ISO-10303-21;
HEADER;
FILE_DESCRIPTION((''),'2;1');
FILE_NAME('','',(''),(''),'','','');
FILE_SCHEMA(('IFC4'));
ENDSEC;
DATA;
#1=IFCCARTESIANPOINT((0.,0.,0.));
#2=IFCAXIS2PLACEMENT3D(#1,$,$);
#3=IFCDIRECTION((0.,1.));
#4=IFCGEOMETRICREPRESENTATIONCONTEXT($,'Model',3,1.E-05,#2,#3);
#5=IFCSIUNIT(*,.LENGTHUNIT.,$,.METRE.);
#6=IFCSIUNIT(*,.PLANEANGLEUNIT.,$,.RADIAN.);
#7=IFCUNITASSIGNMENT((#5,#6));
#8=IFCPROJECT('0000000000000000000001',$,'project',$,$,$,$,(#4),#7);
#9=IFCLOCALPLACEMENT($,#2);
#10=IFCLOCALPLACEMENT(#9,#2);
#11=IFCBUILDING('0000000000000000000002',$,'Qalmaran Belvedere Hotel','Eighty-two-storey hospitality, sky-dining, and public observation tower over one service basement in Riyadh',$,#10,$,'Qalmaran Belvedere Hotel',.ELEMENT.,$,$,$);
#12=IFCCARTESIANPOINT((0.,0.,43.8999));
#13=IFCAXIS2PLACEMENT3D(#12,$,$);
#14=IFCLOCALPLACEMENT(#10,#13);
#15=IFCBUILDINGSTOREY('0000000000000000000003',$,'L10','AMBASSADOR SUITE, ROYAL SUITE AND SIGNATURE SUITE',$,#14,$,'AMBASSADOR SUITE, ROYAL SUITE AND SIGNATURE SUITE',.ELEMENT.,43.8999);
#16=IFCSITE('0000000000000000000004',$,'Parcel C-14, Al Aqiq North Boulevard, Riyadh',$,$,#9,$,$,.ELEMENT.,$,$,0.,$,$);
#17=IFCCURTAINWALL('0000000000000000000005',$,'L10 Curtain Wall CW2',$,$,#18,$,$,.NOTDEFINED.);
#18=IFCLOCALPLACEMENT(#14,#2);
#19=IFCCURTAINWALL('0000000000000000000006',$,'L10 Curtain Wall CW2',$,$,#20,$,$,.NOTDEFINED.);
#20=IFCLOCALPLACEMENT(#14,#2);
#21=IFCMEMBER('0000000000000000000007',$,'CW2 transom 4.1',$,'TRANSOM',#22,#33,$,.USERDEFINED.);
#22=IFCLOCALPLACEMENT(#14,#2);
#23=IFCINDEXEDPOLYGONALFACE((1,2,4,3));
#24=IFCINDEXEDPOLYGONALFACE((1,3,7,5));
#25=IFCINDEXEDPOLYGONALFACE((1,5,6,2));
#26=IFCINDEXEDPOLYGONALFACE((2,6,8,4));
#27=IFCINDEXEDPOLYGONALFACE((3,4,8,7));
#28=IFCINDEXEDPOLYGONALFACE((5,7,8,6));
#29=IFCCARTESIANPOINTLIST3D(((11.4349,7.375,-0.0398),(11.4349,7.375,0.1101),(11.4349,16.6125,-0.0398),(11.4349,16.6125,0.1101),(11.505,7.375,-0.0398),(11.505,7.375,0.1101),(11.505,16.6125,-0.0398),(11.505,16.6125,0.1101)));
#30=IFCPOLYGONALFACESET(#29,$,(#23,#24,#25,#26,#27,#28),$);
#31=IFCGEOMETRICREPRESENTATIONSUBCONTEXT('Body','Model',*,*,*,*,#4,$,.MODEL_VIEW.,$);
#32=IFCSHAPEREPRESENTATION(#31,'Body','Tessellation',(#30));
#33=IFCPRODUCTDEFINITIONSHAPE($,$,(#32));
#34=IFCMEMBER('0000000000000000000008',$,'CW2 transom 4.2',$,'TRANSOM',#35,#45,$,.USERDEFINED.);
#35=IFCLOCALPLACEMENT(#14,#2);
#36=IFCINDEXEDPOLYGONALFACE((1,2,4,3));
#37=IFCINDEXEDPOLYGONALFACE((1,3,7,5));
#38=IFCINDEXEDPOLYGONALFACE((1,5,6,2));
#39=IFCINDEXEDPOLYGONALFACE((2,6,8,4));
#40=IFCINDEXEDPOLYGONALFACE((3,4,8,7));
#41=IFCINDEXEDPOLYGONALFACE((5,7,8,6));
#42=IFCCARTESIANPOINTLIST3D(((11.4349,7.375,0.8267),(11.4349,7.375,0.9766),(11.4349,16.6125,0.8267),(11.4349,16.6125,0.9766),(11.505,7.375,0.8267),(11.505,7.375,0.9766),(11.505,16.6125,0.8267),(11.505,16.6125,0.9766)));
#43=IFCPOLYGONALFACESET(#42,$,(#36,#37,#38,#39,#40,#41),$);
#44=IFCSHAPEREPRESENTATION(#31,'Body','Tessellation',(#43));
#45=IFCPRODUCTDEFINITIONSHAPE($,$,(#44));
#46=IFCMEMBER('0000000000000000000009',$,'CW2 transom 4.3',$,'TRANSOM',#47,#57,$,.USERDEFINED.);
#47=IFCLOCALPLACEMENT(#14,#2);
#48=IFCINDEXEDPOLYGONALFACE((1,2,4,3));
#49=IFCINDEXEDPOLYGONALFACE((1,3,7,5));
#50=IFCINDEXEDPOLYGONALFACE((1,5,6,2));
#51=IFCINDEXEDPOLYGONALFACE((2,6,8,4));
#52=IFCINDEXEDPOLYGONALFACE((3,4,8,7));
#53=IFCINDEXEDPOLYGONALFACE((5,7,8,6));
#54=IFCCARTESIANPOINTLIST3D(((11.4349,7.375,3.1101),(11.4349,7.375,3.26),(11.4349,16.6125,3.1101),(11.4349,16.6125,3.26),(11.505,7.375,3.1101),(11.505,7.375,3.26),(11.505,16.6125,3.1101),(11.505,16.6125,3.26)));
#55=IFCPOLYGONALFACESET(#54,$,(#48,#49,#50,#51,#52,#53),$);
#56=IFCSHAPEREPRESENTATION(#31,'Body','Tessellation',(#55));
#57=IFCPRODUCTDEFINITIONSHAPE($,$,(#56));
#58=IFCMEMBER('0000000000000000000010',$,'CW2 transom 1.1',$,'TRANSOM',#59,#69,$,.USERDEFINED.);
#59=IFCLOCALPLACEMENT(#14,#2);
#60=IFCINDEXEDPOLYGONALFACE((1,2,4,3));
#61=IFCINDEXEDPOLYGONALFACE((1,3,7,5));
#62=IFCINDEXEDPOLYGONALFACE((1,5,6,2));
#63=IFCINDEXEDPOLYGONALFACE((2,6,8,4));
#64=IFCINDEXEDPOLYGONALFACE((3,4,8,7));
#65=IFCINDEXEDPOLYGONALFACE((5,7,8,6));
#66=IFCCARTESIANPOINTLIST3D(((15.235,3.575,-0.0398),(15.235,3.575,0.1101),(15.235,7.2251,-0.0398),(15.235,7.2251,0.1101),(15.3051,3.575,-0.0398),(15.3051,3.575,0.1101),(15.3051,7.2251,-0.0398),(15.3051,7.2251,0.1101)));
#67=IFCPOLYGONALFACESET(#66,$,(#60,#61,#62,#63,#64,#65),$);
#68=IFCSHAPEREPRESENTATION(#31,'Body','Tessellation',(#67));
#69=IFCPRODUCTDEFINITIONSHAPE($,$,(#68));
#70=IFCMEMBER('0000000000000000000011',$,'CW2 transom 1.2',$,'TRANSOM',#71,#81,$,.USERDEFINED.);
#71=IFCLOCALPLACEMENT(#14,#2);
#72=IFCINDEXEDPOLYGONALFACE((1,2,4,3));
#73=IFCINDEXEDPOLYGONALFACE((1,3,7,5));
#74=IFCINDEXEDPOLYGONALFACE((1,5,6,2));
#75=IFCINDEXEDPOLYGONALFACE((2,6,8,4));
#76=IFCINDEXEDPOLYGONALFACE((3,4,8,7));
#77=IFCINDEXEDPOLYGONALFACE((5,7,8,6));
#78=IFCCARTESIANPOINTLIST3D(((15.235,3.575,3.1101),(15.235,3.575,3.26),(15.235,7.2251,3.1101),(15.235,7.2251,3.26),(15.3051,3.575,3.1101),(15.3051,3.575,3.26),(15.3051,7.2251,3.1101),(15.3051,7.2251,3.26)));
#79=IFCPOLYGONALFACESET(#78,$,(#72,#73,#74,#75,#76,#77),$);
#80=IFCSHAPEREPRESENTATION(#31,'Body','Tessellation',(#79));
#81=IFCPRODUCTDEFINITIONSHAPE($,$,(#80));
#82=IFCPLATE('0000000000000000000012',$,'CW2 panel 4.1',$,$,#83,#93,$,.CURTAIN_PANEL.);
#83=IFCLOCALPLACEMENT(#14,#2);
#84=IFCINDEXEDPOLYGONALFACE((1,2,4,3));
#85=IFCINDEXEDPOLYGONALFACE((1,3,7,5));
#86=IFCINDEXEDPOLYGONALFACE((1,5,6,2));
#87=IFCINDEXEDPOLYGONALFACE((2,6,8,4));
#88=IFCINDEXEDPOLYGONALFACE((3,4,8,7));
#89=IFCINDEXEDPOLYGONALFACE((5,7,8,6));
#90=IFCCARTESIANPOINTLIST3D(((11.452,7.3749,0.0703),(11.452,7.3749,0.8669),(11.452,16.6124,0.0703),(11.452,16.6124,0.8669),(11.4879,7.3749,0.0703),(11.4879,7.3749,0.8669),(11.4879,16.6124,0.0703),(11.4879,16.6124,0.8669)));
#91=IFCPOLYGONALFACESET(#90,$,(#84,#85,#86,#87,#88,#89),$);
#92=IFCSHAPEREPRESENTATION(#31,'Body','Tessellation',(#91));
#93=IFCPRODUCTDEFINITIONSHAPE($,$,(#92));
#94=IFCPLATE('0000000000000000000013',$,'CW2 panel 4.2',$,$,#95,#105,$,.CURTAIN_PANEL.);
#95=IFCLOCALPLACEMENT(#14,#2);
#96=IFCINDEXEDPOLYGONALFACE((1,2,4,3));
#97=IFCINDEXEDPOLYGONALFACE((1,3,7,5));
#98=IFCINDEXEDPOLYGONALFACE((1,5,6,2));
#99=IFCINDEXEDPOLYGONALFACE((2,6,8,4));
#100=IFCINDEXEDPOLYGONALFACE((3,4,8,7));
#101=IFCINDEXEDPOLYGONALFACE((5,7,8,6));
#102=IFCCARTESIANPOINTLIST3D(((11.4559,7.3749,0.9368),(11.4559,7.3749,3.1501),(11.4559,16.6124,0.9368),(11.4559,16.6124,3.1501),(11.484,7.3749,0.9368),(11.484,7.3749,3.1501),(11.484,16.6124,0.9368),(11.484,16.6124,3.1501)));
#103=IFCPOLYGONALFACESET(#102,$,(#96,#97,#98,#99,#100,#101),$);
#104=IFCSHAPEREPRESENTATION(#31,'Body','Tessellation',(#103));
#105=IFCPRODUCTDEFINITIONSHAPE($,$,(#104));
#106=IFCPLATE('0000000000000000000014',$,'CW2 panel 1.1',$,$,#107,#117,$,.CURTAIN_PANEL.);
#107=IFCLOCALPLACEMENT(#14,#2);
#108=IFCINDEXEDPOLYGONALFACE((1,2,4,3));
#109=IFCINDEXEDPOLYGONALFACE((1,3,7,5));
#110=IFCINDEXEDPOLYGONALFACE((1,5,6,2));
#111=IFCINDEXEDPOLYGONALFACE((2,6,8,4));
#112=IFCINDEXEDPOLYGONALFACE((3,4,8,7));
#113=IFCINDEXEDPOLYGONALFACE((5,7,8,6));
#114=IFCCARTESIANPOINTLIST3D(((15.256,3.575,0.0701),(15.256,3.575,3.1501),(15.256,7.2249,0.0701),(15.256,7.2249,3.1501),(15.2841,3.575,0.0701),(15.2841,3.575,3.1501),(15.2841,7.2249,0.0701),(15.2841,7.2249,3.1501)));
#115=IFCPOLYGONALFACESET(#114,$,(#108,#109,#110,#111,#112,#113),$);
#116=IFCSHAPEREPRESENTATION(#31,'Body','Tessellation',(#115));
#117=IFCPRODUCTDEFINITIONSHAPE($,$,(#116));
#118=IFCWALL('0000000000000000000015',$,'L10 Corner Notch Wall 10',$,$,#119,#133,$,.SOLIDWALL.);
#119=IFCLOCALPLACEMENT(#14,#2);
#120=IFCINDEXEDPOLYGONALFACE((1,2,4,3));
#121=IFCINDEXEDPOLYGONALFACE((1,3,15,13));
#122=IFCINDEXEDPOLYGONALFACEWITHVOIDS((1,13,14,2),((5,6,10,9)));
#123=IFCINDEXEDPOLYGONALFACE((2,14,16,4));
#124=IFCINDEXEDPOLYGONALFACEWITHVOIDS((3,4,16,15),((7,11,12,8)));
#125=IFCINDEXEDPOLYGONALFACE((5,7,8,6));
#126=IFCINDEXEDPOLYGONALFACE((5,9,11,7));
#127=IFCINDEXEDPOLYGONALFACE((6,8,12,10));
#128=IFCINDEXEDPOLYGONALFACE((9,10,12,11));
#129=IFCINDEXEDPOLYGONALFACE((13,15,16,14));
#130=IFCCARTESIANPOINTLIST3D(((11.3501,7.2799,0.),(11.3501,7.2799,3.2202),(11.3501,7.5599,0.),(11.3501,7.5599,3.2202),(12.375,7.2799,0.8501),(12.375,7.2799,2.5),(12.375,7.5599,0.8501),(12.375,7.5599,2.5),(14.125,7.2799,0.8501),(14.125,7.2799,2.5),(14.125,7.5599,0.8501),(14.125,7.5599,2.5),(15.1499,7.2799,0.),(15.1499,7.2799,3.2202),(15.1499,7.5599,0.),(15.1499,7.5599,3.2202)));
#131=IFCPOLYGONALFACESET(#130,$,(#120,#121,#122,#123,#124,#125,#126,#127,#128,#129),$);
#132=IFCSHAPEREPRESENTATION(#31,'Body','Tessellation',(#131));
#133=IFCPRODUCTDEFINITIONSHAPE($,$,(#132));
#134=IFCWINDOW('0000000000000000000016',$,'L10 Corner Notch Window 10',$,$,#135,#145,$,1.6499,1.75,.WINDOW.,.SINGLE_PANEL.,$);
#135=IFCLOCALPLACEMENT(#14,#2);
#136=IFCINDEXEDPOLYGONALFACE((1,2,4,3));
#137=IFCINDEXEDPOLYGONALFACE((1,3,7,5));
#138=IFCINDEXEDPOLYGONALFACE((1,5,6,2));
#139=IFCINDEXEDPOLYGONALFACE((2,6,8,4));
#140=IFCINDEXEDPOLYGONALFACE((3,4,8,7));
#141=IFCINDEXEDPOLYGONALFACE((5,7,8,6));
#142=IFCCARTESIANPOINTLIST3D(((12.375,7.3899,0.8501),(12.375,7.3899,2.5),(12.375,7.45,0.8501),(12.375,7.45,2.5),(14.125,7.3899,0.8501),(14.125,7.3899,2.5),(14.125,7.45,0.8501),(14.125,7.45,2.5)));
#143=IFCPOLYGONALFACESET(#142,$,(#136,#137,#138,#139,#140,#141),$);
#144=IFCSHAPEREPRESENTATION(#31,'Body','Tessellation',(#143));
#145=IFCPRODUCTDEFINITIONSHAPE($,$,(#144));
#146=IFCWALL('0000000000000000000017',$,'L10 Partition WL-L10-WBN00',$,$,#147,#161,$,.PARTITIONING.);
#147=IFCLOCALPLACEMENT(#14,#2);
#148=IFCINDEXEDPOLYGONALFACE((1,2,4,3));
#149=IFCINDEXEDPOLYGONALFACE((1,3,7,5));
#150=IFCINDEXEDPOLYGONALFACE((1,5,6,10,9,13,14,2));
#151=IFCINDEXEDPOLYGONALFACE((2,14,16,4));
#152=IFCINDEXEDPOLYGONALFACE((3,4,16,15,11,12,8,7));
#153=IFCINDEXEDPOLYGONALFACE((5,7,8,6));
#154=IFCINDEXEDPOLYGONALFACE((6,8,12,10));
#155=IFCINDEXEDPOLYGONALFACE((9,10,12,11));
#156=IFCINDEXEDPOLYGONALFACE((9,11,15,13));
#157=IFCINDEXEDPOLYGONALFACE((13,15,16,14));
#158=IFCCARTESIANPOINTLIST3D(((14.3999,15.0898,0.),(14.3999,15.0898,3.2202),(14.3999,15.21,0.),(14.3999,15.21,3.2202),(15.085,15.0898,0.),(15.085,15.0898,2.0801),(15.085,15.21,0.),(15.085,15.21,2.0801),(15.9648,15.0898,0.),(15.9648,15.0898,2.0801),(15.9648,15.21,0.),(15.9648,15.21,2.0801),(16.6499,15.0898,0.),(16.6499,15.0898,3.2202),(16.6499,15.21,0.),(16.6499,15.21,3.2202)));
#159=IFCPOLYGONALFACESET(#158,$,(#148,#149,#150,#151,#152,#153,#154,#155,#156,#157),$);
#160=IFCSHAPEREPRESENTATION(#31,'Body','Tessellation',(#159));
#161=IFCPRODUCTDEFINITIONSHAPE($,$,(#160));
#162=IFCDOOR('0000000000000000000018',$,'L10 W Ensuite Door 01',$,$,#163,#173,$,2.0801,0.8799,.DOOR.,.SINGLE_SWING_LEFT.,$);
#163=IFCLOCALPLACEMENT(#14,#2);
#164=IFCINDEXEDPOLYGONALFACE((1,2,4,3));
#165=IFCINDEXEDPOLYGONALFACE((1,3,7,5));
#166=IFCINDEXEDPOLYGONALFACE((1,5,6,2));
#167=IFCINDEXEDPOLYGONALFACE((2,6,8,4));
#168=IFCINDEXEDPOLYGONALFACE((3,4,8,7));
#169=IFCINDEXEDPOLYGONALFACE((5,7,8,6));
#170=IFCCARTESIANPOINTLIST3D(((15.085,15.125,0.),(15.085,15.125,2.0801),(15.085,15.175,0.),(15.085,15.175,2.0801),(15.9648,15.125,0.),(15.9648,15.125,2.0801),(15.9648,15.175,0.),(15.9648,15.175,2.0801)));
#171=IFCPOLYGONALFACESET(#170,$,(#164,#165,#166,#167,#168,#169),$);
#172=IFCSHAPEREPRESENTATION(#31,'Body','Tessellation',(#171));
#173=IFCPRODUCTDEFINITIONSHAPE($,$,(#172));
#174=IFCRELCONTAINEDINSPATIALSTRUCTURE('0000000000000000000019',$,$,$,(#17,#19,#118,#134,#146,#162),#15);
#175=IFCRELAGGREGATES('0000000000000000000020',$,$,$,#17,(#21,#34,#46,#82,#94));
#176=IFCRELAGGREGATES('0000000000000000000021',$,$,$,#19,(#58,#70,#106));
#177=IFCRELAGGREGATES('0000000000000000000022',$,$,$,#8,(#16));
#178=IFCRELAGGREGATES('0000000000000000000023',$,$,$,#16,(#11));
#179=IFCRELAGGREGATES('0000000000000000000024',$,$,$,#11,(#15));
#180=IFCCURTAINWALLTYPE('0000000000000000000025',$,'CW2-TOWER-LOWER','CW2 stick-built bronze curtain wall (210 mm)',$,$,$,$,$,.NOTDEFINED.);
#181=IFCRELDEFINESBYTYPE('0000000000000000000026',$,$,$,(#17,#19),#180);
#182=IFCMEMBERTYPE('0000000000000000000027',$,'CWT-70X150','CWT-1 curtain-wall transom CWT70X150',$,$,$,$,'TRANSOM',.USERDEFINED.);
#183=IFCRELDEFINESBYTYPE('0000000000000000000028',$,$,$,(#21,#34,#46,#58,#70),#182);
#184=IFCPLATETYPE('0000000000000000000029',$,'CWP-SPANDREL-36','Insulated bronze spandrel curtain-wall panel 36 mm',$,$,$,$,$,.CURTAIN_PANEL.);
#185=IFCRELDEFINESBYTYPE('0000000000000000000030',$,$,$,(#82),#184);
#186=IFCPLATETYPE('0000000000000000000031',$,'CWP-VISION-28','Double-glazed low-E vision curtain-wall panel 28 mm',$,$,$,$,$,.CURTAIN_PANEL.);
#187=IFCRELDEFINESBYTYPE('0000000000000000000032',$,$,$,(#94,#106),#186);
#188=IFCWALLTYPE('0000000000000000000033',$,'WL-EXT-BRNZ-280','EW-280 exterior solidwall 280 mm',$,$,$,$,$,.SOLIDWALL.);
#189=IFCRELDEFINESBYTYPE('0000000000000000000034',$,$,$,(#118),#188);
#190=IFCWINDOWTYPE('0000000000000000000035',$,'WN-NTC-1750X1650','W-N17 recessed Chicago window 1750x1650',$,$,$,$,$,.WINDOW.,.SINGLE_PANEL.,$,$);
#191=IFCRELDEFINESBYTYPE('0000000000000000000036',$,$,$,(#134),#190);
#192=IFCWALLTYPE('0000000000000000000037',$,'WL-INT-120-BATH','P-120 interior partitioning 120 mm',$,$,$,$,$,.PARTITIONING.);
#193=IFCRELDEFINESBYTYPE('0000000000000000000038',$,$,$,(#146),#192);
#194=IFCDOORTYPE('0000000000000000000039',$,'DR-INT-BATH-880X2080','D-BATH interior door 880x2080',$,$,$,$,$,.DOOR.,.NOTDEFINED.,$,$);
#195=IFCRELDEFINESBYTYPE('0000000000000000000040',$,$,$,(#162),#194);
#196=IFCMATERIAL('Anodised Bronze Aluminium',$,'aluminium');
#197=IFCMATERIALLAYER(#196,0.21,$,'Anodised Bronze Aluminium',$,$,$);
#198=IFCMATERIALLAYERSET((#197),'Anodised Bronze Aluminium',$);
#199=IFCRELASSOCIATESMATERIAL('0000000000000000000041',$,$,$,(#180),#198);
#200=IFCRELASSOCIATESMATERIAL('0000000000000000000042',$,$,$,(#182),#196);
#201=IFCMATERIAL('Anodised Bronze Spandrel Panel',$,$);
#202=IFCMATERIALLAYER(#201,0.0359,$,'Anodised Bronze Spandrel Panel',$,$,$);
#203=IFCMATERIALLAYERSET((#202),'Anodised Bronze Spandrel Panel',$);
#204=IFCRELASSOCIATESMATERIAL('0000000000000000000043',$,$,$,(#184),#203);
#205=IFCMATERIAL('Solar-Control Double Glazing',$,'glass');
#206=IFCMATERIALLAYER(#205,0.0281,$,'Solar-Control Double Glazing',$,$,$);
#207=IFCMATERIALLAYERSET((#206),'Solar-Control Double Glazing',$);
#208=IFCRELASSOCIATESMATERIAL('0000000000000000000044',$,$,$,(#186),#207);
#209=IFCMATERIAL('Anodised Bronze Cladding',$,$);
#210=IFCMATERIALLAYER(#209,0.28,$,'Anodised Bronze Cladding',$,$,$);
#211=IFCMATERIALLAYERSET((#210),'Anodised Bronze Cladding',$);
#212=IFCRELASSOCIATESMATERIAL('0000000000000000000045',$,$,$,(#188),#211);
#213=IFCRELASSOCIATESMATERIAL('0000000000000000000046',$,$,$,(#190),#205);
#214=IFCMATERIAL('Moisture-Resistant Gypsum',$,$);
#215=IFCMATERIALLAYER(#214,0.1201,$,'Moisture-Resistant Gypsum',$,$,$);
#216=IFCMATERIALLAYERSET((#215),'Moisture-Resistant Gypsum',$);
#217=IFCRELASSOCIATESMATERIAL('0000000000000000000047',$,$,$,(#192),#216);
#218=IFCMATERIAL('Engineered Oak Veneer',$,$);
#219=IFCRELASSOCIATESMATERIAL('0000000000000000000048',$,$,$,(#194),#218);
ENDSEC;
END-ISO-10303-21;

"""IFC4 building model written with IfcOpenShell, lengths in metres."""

from ifc_helpers import new_model, si_unit, direction, frame, frame_2d, origin, origin_2d, place, context, subcontext, project, spatial, rectangle, extrude, material, layer, layer_set, material_profile, profile_set, type_object, element, fill, aggregate, save


model = new_model("IFC4")

# Units and contexts
model_context = context("Model", 3, precision=1e-05, world=origin(), true_north=direction((0.0, 1.0)))
body_context = subcontext(model_context, "Body", "Model", "MODEL_VIEW")
ifc_project = project(units=[si_unit("LENGTHUNIT", "METRE"), si_unit("PLANEANGLEUNIT", "RADIAN")], contexts=[model_context])

# Site, building, storey
site_placement = place(None, origin())
site = spatial("IfcSite", under=ifc_project, at=site_placement, Name="Parcel C-14, Al Aqiq North Boulevard, Riyadh", CompositionType="ELEMENT", RefElevation=0.0)
building_placement = place(site_placement, origin())
building = spatial("IfcBuilding", under=site, at=building_placement, Name="Qalmaran Belvedere Hotel", Description="Eighty-two-storey hospitality, sky-dining, and public observation tower over one service basement in Riyadh", LongName="Qalmaran Belvedere Hotel", CompositionType="ELEMENT")
storey_placement = place(building_placement, frame((0.0, 0.0, 43.8999)))
storey = spatial("IfcBuildingStorey", under=building, at=storey_placement, Name="L10", Description="AMBASSADOR SUITE, ROYAL SUITE AND SIGNATURE SUITE", LongName="AMBASSADOR SUITE, ROYAL SUITE AND SIGNATURE SUITE", CompositionType="ELEMENT", Elevation=43.8999)

# Curtain wall
ifc_material_1 = material(Name="Anodised Bronze Aluminium", Category="aluminium")
ifc_layer_1 = layer(ifc_material_1, 0.21, Name="Anodised Bronze Aluminium")
ifc_layer_set_1 = layer_set([ifc_layer_1], Name="Anodised Bronze Aluminium")
curtain_wall_type = type_object("IfcCurtainWallType", Name="CW2-TOWER-LOWER", Description="CW2 stick-built bronze curtain wall (210 mm)", PredefinedType="NOTDEFINED", material=ifc_layer_set_1)
curtain_wall_1_placement = place(storey_placement, origin())
curtain_wall_1 = element("IfcCurtainWall", 1, at=curtain_wall_1_placement, inside=storey, type_object=curtain_wall_type, Name="L10 Curtain Wall CW2", PredefinedType="NOTDEFINED")

# Curtain wall
curtain_wall_2_placement = place(storey_placement, origin())
curtain_wall_2 = element("IfcCurtainWall", 2, at=curtain_wall_2_placement, inside=storey, type_object=curtain_wall_type, Name="L10 Curtain Wall CW2", PredefinedType="NOTDEFINED")

# Members
ifc_material_profile_1 = material_profile(ifc_material_1, rectangle(XDim=0.0701, YDim=0.1499, at=origin_2d()), Name="CWT70X150")
ifc_profile_set_1 = profile_set([ifc_material_profile_1], Name="Anodised Bronze Aluminium")
member_type_1 = type_object("IfcMemberType", Name="CWT-70X150", Description="CWT-1 curtain-wall transom CWT70X150", ElementType="TRANSOM", PredefinedType="USERDEFINED", material=ifc_profile_set_1)
member_1_placement = place(storey_placement, frame((11.47, 16.6125, 0.0352), z_axis=(0.0, -1.0, 0.0), x_axis=(1.0, 0.0, 0.0)))
member_1 = element("IfcMember", 3, at=member_1_placement, type_object=member_type_1, Name="CW2 transom 4.1", ObjectType="TRANSOM", PredefinedType="USERDEFINED", context=body_context, shape_type="SweptSolid", body=[
    extrude(rectangle(XDim=0.0701, YDim=0.1499, at=origin_2d()), origin(), (0.0, 0.0, 1.0), 9.2375),
])
member_2_placement = place(storey_placement, frame((11.47, 16.6125, 0.9016), z_axis=(0.0, -1.0, 0.0), x_axis=(1.0, 0.0, 0.0)))
member_2 = element("IfcMember", 4, at=member_2_placement, type_object=member_type_1, Name="CW2 transom 4.2", ObjectType="TRANSOM", PredefinedType="USERDEFINED", context=body_context, shape_type="SweptSolid", body=[
    extrude(rectangle(XDim=0.0701, YDim=0.1499, at=origin_2d()), origin(), (0.0, 0.0, 1.0), 9.2375),
])
member_3_placement = place(storey_placement, frame((11.47, 16.6125, 3.1851), z_axis=(0.0, -1.0, 0.0), x_axis=(1.0, 0.0, 0.0)))
member_3 = element("IfcMember", 5, at=member_3_placement, type_object=member_type_1, Name="CW2 transom 4.3", ObjectType="TRANSOM", PredefinedType="USERDEFINED", context=body_context, shape_type="SweptSolid", body=[
    extrude(rectangle(XDim=0.0701, YDim=0.1499, at=origin_2d()), origin(), (0.0, 0.0, 1.0), 9.2375),
])
member_4_placement = place(storey_placement, frame((15.27, 7.2251, 0.0352), z_axis=(0.0, -1.0, 0.0), x_axis=(1.0, 0.0, 0.0)))
member_4 = element("IfcMember", 6, at=member_4_placement, type_object=member_type_1, Name="CW2 transom 1.1", ObjectType="TRANSOM", PredefinedType="USERDEFINED", context=body_context, shape_type="SweptSolid", body=[
    extrude(rectangle(XDim=0.0701, YDim=0.1499, at=origin_2d()), origin(), (0.0, 0.0, 1.0), 3.6501),
])
member_5_placement = place(storey_placement, frame((15.27, 7.2251, 3.1851), z_axis=(0.0, -1.0, 0.0), x_axis=(1.0, 0.0, 0.0)))
member_5 = element("IfcMember", 7, at=member_5_placement, type_object=member_type_1, Name="CW2 transom 1.2", ObjectType="TRANSOM", PredefinedType="USERDEFINED", context=body_context, shape_type="SweptSolid", body=[
    extrude(rectangle(XDim=0.0701, YDim=0.1499, at=origin_2d()), origin(), (0.0, 0.0, 1.0), 3.6501),
])

# Plates
ifc_material_2 = material(Name="Anodised Bronze Spandrel Panel")
ifc_layer_2 = layer(ifc_material_2, 0.0359, Name="Anodised Bronze Spandrel Panel")
ifc_layer_set_2 = layer_set([ifc_layer_2], Name="Anodised Bronze Spandrel Panel")
plate_type_1 = type_object("IfcPlateType", Name="CWP-SPANDREL-36", Description="Insulated bronze spandrel curtain-wall panel 36 mm", PredefinedType="CURTAIN_PANEL", material=ifc_layer_set_2)
plate_1_placement = place(storey_placement, frame((11.47, 11.9937, 0.0703), z_axis=(0.0, 0.0, 1.0), x_axis=(0.0, -1.0, 0.0)))
plate_1 = element("IfcPlate", 8, at=plate_1_placement, type_object=plate_type_1, Name="CW2 panel 4.1", PredefinedType="CURTAIN_PANEL", context=body_context, shape_type="SweptSolid", body=[
    extrude(rectangle(XDim=9.2375, YDim=0.0359, at=origin_2d()), origin(), (0.0, 0.0, 1.0), 0.7966),
])
ifc_material_3 = material(Name="Solar-Control Double Glazing", Category="glass")
ifc_layer_3 = layer(ifc_material_3, 0.0281, Name="Solar-Control Double Glazing")
ifc_layer_set_3 = layer_set([ifc_layer_3], Name="Solar-Control Double Glazing")
plate_type_2 = type_object("IfcPlateType", Name="CWP-VISION-28", Description="Double-glazed low-E vision curtain-wall panel 28 mm", PredefinedType="CURTAIN_PANEL", material=ifc_layer_set_3)
plate_2_placement = place(storey_placement, frame((11.47, 11.9937, 0.9368), z_axis=(0.0, 0.0, 1.0), x_axis=(0.0, -1.0, 0.0)))
plate_2 = element("IfcPlate", 9, at=plate_2_placement, type_object=plate_type_2, Name="CW2 panel 4.2", PredefinedType="CURTAIN_PANEL", context=body_context, shape_type="SweptSolid", body=[
    extrude(rectangle(XDim=9.2375, YDim=0.0281, at=origin_2d()), origin(), (0.0, 0.0, 1.0), 2.2134),
])
aggregate(curtain_wall_1, [member_1, member_2, member_3, plate_1, plate_2])
plate_3_placement = place(storey_placement, frame((15.27, 5.3999, 0.0701), z_axis=(0.0, 0.0, 1.0), x_axis=(0.0, -1.0, 0.0)))
plate_3 = element("IfcPlate", 10, at=plate_3_placement, type_object=plate_type_2, Name="CW2 panel 1.1", PredefinedType="CURTAIN_PANEL", context=body_context, shape_type="SweptSolid", body=[
    extrude(rectangle(XDim=3.6499, YDim=0.0281, at=origin_2d()), origin(), (0.0, 0.0, 1.0), 3.0801),
])
aggregate(curtain_wall_2, [member_4, member_5, plate_3])

# Wall, opening, window
ifc_material_4 = material(Name="Anodised Bronze Cladding")
ifc_layer_4 = layer(ifc_material_4, 0.28, Name="Anodised Bronze Cladding")
ifc_layer_set_4 = layer_set([ifc_layer_4], Name="Anodised Bronze Cladding")
wall_type_1 = type_object("IfcWallType", Name="WL-EXT-BRNZ-280", Description="EW-280 exterior solidwall 280 mm", PredefinedType="SOLIDWALL", material=ifc_layer_set_4)
wall_1_placement = place(storey_placement, frame((11.3501, 7.4199, 0.0), z_axis=(0.0, 0.0, 1.0), x_axis=(1.0, 0.0, 0.0)))
wall_1 = element("IfcWall", 11, at=wall_1_placement, inside=storey, type_object=wall_type_1, Name="L10 Corner Notch Wall 10", PredefinedType="SOLIDWALL", context=body_context, shape_type="SweptSolid", body=[
    extrude(rectangle(XDim=3.7998, YDim=0.28, at=frame_2d((1.8999, 0.0))), origin(), (0.0, 0.0, 1.0), 3.2202),
])
opening_1_placement = place(wall_1_placement, frame((1.0249, 0.0, 0.8501)))
opening_1 = element("IfcOpeningElement", 12, at=opening_1_placement, cuts=wall_1, PredefinedType="OPENING", context=body_context, shape_type="SweptSolid", body=[
    extrude(rectangle(XDim=1.75, YDim=1.6499, at=frame_2d((0.875, 0.825))), frame((0.0, 0.1499, 0.0), z_axis=(0.0, -1.0, 0.0), x_axis=(1.0, 0.0, 0.0)), (0.0, 0.0, 1.0), 0.3),
])
window_type = type_object("IfcWindowType", Name="WN-NTC-1750X1650", Description="W-N17 recessed Chicago window 1750x1650", PartitioningType="SINGLE_PANEL", PredefinedType="WINDOW", material=ifc_material_3)
window_placement = place(opening_1_placement, origin())
window = element("IfcWindow", 13, at=window_placement, inside=storey, type_object=window_type, Name="L10 Corner Notch Window 10", OverallHeight=1.6499, OverallWidth=1.75, PartitioningType="SINGLE_PANEL", PredefinedType="WINDOW", context=body_context, shape_type="SweptSolid", body=[
    extrude(rectangle(XDim=1.75, YDim=1.6499, at=frame_2d((0.875, 0.825))), frame((0.0, 0.03, 0.0), z_axis=(0.0, -1.0, 0.0), x_axis=(1.0, 0.0, 0.0)), (0.0, 0.0, 1.0), 0.0601),
])
fill(opening_1, window)

# Wall, opening, door
ifc_material_5 = material(Name="Moisture-Resistant Gypsum")
ifc_layer_5 = layer(ifc_material_5, 0.1201, Name="Moisture-Resistant Gypsum")
ifc_layer_set_5 = layer_set([ifc_layer_5], Name="Moisture-Resistant Gypsum")
wall_type_2 = type_object("IfcWallType", Name="WL-INT-120-BATH", Description="P-120 interior partitioning 120 mm", PredefinedType="PARTITIONING", material=ifc_layer_set_5)
wall_2_placement = place(storey_placement, frame((14.3999, 15.1499, 0.0), z_axis=(0.0, 0.0, 1.0), x_axis=(1.0, 0.0, 0.0)))
wall_2 = element("IfcWall", 14, at=wall_2_placement, inside=storey, type_object=wall_type_2, Name="L10 Partition WL-L10-WBN00", PredefinedType="PARTITIONING", context=body_context, shape_type="SweptSolid", body=[
    extrude(rectangle(XDim=2.25, YDim=0.1201, at=frame_2d((1.125, 0.0))), origin(), (0.0, 0.0, 1.0), 3.2202),
])
opening_2_placement = place(wall_2_placement, frame((1.5649, 0.0, 0.0), z_axis=(0.0, 0.0, 1.0), x_axis=(-1.0, 0.0, 0.0)))
opening_2 = element("IfcOpeningElement", 15, at=opening_2_placement, cuts=wall_2, PredefinedType="OPENING", context=body_context, shape_type="SweptSolid", body=[
    extrude(rectangle(XDim=0.8799, YDim=2.0801, at=frame_2d((0.4399, 1.04))), frame((0.0, 0.0701, 0.0), z_axis=(0.0, -1.0, 0.0), x_axis=(1.0, 0.0, 0.0)), (0.0, 0.0, 1.0), 0.1401),
])
ifc_material_6 = material(Name="Engineered Oak Veneer")
door_type = type_object("IfcDoorType", Name="DR-INT-BATH-880X2080", Description="D-BATH interior door 880x2080", OperationType="NOTDEFINED", PredefinedType="DOOR", material=ifc_material_6)
door_placement = place(opening_2_placement, origin())
door = element("IfcDoor", 16, at=door_placement, inside=storey, type_object=door_type, Name="L10 W Ensuite Door 01", OperationType="SINGLE_SWING_LEFT", OverallHeight=2.0801, OverallWidth=0.8799, PredefinedType="DOOR", context=body_context, shape_type="SweptSolid", body=[
    extrude(rectangle(XDim=0.8799, YDim=2.0801, at=frame_2d((0.4399, 1.04))), frame((0.0, 0.0249, 0.0), z_axis=(0.0, -1.0, 0.0), x_axis=(1.0, 0.0, 0.0)), (0.0, 0.0, 1.0), 0.05),
])
fill(opening_2, door)

save(model, "model.ifc")
